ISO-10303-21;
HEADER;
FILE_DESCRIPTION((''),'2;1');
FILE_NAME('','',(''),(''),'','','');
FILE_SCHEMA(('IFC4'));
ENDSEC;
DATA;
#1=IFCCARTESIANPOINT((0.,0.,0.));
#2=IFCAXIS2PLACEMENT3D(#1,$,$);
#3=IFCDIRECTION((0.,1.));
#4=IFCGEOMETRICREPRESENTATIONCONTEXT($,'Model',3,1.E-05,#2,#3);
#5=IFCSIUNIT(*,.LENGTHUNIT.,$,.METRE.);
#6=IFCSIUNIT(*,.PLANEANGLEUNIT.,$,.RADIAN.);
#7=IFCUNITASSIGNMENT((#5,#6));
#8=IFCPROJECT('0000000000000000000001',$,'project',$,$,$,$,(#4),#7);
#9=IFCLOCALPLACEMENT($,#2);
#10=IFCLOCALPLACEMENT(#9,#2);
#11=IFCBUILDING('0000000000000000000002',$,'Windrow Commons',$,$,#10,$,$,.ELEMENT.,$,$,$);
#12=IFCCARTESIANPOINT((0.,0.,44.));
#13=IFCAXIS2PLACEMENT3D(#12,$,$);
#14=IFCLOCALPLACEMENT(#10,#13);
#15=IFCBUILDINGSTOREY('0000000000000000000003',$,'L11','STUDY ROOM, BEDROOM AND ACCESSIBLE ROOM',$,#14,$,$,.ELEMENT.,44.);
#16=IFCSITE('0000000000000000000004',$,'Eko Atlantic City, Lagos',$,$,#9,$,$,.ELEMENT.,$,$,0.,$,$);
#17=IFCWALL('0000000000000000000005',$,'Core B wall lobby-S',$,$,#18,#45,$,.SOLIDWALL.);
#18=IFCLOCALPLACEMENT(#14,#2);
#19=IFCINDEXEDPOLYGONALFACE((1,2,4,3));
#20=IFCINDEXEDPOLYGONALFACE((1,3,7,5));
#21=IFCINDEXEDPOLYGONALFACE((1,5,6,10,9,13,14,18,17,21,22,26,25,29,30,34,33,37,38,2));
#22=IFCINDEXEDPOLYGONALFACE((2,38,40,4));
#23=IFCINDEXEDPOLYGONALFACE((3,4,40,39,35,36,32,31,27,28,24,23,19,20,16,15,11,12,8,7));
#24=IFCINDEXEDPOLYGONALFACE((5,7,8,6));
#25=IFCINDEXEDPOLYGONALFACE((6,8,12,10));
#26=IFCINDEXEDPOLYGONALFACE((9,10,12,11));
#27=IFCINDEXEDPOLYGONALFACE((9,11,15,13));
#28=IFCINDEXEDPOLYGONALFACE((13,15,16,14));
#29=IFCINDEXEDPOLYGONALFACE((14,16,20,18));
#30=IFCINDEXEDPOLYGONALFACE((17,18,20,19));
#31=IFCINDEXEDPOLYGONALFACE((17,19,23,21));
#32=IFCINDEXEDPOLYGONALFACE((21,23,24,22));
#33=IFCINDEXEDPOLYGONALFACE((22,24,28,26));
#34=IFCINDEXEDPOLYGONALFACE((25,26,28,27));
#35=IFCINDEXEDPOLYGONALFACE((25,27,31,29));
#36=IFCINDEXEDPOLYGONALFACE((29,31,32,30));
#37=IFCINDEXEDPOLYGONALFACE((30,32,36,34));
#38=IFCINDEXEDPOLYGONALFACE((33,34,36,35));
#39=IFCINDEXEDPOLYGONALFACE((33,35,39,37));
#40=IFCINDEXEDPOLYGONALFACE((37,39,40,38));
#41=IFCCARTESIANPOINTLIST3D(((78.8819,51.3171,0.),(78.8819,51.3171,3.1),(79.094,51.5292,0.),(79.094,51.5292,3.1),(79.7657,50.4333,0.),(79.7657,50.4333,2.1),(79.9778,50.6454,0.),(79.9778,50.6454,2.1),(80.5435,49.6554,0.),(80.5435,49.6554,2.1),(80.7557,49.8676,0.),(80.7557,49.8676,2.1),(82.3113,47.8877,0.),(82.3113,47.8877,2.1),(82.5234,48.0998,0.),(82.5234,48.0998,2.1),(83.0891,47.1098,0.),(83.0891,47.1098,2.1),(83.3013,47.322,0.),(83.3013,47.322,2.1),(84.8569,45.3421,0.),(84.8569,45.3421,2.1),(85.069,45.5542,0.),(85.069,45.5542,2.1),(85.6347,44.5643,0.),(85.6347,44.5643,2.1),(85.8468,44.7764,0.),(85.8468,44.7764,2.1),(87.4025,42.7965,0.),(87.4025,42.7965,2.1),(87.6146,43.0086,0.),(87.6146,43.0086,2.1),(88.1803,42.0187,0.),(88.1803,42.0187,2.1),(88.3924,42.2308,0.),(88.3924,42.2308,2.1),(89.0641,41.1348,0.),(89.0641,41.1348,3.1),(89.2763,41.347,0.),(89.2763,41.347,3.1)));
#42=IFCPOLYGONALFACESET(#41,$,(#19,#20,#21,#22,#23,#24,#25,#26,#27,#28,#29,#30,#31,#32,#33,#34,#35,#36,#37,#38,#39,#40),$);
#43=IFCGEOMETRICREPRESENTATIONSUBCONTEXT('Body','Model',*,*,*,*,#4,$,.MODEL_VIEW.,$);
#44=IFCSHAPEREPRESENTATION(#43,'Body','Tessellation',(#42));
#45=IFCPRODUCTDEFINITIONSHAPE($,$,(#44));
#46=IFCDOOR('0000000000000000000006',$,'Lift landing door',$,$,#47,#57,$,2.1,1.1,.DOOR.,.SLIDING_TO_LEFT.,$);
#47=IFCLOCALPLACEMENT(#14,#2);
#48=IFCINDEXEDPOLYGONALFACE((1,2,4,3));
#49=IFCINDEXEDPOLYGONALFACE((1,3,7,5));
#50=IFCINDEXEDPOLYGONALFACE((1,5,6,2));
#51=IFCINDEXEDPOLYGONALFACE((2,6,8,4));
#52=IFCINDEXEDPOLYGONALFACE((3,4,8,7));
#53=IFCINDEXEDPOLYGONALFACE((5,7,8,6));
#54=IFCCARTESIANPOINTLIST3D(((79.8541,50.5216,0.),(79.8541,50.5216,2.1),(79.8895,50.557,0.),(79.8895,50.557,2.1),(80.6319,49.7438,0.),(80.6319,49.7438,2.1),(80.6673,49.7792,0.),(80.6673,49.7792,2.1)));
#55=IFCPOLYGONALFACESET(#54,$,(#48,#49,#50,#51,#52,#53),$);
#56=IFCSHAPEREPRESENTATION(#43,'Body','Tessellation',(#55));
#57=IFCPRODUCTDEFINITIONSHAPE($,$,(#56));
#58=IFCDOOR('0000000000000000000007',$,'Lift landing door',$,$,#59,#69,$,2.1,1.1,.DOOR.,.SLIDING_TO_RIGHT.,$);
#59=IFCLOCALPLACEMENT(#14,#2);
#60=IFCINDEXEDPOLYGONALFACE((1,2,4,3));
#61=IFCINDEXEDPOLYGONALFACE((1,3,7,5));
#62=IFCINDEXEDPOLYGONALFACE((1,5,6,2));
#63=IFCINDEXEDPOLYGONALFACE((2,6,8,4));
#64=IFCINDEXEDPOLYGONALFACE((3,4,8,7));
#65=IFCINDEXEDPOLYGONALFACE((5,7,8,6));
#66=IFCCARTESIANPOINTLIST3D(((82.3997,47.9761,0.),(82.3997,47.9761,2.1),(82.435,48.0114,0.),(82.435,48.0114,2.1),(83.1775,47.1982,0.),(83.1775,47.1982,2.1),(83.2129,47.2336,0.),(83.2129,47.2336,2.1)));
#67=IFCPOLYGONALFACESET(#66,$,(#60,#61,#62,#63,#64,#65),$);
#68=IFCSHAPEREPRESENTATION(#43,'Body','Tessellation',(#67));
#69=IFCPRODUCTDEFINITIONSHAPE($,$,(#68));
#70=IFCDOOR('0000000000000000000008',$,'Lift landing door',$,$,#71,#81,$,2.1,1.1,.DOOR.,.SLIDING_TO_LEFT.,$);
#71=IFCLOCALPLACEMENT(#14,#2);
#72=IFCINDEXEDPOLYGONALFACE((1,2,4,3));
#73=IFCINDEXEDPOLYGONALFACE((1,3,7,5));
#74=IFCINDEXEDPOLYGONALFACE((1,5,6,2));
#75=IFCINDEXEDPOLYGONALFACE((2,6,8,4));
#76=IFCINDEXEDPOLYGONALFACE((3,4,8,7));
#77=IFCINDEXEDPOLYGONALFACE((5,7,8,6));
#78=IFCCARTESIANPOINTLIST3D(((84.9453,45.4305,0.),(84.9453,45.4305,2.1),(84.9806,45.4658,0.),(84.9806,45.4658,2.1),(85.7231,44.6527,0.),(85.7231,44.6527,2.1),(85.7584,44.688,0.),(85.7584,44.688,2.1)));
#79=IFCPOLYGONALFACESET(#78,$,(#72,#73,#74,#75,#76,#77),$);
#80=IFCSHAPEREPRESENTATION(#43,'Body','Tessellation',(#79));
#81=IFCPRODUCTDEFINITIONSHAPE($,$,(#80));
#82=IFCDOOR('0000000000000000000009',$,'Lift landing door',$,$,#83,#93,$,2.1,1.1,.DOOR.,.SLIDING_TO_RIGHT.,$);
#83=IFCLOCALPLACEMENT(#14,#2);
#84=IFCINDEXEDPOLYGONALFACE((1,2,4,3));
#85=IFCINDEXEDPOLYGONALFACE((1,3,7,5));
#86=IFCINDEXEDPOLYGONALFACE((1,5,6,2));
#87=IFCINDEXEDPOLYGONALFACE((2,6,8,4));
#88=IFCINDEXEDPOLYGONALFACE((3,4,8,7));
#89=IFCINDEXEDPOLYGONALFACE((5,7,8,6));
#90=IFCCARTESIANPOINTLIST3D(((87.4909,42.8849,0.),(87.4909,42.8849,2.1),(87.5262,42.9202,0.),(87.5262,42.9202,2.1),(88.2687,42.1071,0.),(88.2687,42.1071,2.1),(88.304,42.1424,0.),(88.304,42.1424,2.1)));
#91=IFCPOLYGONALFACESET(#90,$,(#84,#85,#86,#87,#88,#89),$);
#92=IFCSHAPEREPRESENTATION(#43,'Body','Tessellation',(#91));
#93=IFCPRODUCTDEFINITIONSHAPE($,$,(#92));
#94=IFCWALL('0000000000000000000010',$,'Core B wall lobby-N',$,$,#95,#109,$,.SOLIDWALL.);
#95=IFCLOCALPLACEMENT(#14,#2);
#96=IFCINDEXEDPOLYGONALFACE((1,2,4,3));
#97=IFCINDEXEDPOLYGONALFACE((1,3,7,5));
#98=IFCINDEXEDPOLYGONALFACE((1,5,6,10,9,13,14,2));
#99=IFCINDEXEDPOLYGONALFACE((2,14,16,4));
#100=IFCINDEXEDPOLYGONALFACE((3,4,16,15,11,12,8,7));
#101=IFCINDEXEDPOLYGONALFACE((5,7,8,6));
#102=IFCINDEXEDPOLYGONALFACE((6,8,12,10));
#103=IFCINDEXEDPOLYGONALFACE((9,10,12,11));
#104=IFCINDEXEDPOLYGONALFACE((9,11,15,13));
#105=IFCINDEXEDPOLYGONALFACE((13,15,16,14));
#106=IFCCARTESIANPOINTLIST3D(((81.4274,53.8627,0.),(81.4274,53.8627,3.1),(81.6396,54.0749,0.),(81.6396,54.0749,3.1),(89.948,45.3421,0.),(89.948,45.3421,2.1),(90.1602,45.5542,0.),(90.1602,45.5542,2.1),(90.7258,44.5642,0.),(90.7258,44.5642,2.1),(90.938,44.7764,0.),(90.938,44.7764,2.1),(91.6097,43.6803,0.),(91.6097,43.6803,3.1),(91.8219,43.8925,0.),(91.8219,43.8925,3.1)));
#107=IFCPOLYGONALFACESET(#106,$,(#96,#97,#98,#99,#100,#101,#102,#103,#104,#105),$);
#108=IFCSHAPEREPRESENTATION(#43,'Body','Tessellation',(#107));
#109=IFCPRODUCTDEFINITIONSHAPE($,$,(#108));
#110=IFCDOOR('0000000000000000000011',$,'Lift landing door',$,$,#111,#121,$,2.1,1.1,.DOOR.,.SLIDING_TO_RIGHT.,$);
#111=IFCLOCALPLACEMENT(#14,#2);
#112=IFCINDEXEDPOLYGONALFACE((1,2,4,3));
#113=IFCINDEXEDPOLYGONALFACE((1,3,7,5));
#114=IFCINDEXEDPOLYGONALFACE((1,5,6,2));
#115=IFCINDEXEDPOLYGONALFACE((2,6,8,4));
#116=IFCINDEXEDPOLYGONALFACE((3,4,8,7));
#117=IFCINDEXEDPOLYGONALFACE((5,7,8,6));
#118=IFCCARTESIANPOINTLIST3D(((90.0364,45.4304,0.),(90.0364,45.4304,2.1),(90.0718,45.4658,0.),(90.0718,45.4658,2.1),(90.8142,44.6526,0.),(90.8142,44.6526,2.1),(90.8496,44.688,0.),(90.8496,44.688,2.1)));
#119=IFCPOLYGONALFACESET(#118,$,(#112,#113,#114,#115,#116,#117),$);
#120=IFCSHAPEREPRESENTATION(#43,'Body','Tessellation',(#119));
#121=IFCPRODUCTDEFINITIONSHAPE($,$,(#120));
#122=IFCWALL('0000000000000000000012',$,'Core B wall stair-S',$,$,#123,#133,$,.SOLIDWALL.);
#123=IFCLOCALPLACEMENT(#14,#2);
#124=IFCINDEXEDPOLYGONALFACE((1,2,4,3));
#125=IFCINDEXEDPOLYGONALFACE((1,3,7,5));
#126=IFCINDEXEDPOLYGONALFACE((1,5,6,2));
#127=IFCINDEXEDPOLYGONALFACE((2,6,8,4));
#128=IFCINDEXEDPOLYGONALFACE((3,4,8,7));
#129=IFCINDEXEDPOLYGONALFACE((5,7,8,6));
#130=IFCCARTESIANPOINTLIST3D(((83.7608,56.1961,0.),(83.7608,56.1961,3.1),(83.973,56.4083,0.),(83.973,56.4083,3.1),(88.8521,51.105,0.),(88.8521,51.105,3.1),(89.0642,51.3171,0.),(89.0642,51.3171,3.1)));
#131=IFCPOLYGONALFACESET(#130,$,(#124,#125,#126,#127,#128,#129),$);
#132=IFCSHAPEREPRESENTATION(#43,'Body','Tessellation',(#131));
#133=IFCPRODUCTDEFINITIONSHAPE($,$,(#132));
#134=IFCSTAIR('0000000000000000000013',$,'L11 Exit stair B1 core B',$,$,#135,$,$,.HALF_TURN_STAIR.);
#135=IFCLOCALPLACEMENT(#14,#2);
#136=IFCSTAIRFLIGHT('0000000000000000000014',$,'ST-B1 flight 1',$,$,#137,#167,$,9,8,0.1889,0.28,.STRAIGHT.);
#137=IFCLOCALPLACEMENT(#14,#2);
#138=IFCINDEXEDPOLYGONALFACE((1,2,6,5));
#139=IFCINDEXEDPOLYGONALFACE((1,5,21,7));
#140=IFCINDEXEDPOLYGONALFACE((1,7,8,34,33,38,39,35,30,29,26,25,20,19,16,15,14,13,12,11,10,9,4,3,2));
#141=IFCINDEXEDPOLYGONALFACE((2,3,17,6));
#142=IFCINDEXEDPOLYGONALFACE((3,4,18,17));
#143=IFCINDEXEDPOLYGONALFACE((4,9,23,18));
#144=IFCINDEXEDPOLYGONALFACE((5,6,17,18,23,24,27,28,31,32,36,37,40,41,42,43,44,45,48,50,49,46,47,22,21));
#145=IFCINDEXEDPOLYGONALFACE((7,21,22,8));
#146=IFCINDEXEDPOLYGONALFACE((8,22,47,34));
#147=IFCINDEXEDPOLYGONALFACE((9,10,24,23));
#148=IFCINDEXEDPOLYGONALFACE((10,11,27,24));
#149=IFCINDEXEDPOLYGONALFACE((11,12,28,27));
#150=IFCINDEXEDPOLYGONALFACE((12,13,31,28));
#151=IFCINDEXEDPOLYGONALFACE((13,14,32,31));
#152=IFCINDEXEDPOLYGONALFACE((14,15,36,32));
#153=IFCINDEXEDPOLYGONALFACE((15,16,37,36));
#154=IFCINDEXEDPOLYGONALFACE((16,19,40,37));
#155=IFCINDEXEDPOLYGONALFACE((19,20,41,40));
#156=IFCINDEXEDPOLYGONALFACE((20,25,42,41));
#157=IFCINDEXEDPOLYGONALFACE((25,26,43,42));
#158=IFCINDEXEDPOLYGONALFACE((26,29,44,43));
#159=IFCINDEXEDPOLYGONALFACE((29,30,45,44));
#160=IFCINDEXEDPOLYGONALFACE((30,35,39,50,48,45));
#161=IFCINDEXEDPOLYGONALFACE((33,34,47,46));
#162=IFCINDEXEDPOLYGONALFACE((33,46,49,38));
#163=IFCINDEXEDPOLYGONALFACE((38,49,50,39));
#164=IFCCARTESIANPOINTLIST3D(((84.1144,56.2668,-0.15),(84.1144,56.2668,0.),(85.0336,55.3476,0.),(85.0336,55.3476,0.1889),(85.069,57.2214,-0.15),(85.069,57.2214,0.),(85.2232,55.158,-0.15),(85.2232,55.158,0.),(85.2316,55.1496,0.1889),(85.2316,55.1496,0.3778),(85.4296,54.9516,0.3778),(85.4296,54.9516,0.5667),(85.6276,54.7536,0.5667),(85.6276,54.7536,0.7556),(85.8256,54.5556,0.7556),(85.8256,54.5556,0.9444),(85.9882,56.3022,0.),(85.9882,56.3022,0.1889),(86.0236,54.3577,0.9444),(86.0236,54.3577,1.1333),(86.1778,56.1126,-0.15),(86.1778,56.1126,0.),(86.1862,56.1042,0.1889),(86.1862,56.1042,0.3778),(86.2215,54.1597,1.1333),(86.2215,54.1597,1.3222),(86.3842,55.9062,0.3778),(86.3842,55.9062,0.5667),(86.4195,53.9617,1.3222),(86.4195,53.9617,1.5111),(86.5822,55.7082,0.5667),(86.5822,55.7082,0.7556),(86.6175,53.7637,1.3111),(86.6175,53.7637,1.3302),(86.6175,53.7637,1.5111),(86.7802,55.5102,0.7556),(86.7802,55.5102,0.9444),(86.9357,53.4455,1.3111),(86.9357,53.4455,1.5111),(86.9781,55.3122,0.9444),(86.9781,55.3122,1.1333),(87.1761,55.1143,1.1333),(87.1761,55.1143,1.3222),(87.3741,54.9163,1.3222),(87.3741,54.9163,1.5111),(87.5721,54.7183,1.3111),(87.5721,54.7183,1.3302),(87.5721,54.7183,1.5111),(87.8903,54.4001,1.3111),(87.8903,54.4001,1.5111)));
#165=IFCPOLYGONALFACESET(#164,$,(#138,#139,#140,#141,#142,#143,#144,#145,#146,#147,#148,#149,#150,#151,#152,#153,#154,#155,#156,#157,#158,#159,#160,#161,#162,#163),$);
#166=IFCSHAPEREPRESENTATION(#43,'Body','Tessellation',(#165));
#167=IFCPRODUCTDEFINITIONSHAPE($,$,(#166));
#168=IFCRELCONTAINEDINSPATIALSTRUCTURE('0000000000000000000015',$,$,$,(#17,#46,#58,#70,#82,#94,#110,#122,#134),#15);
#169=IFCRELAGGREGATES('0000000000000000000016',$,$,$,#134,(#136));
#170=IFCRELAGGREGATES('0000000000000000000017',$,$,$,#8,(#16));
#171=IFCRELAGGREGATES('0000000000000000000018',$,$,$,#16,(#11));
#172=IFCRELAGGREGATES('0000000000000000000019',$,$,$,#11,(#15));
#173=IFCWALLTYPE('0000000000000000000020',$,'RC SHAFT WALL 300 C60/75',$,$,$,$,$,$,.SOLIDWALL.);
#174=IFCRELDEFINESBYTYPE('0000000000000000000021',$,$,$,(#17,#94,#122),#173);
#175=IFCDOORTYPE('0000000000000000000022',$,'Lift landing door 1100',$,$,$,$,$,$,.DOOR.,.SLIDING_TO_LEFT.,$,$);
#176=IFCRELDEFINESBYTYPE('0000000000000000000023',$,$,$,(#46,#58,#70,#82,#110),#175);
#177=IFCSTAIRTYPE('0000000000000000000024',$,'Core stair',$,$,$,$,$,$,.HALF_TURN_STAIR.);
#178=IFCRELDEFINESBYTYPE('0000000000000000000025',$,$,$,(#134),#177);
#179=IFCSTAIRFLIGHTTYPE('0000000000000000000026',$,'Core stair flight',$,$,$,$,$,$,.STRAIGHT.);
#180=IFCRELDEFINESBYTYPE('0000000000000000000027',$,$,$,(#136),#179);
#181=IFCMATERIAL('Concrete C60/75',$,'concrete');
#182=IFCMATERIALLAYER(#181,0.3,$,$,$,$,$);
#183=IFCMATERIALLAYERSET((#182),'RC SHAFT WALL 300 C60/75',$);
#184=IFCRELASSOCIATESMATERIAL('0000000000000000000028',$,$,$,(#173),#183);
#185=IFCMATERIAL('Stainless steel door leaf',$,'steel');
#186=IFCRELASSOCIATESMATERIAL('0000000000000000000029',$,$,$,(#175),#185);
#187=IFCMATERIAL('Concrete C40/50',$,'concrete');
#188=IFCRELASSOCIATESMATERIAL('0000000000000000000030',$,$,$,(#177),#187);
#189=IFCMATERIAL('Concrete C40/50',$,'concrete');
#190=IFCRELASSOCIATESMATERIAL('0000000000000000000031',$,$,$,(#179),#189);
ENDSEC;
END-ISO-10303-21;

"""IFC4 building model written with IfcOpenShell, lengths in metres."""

from ifc_helpers import new_model, si_unit, direction, frame, frame_2d, origin, place, context, subcontext, project, spatial, polyline, rectangle, outline, extrude, material, layer, layer_set, type_object, element, fill, aggregate, save


model = new_model("IFC4")

# Units and contexts
model_context = context("Model", 3, precision=1e-05, world=origin(), true_north=direction((0.0, 1.0)))
body_context = subcontext(model_context, "Body", "Model", "MODEL_VIEW")
ifc_project = project(units=[si_unit("LENGTHUNIT", "METRE"), si_unit("PLANEANGLEUNIT", "RADIAN")], contexts=[model_context])

# Site, building, storey
site_placement = place(None, origin())
site = spatial("IfcSite", under=ifc_project, at=site_placement, Name="Eko Atlantic City, Lagos", CompositionType="ELEMENT", RefElevation=0.0)
building_placement = place(site_placement, origin())
building = spatial("IfcBuilding", under=site, at=building_placement, Name="Windrow Commons", CompositionType="ELEMENT")
storey_placement = place(building_placement, frame((0.0, 0.0, 44.0)))
storey = spatial("IfcBuildingStorey", under=building, at=storey_placement, Name="L11", Description="STUDY ROOM, BEDROOM AND ACCESSIBLE ROOM", CompositionType="ELEMENT", Elevation=44.0)

# Shared definitions
ifc_material_1 = material(Name="Concrete C60/75", Category="concrete")
ifc_layer_1 = layer(ifc_material_1, 0.3)
ifc_layer_set_1 = layer_set([ifc_layer_1], Name="RC SHAFT WALL 300 C60/75")
wall_type_1 = type_object("IfcWallType", Name="RC SHAFT WALL 300 C60/75", PredefinedType="SOLIDWALL", material=ifc_layer_set_1)

# Wall, openings, doors
wall_1_placement = place(storey_placement, frame((78.9879, 51.4232, 0.0), z_axis=(0.0, 0.0, 1.0), x_axis=(0.707107, -0.707107, 0.0)))
wall_1 = element("IfcWall", 1, at=wall_1_placement, inside=storey, type_object=wall_type_1, Name="Core B wall lobby-S", PredefinedType="SOLIDWALL", context=body_context, shape_type="SweptSolid", body=[
    extrude(rectangle(XDim=14.3999, YDim=0.3, at=frame_2d((7.2, 0.0))), origin(), (0.0, 0.0, 1.0), 3.1),
])
opening_1_placement = place(wall_1_placement, frame((1.25, 0.0, 0.0)))
opening_1 = element("IfcOpeningElement", 2, at=opening_1_placement, cuts=wall_1, PredefinedType="OPENING", context=body_context, shape_type="SweptSolid", body=[
    extrude(rectangle(XDim=1.1, YDim=2.1, at=frame_2d((0.55, 1.05))), frame((0.0, 0.16, 0.0), z_axis=(0.0, -1.0, 0.0), x_axis=(1.0, 0.0, 0.0)), (0.0, 0.0, 1.0), 0.32),
])
opening_2_placement = place(wall_1_placement, frame((4.85, 0.0, 0.0)))
opening_2 = element("IfcOpeningElement", 3, at=opening_2_placement, cuts=wall_1, PredefinedType="OPENING", context=body_context, shape_type="SweptSolid", body=[
    extrude(rectangle(XDim=1.1, YDim=2.1, at=frame_2d((0.55, 1.05))), frame((0.0, 0.16, 0.0), z_axis=(0.0, -1.0, 0.0), x_axis=(1.0, 0.0, 0.0)), (0.0, 0.0, 1.0), 0.32),
])
opening_3_placement = place(wall_1_placement, frame((8.45, 0.0, 0.0)))
opening_3 = element("IfcOpeningElement", 4, at=opening_3_placement, cuts=wall_1, PredefinedType="OPENING", context=body_context, shape_type="SweptSolid", body=[
    extrude(rectangle(XDim=1.1, YDim=2.1, at=frame_2d((0.55, 1.05))), frame((0.0, 0.16, 0.0), z_axis=(0.0, -1.0, 0.0), x_axis=(1.0, 0.0, 0.0)), (0.0, 0.0, 1.0), 0.32),
])
opening_4_placement = place(wall_1_placement, frame((12.05, 0.0, 0.0)))
opening_4 = element("IfcOpeningElement", 5, at=opening_4_placement, cuts=wall_1, PredefinedType="OPENING", context=body_context, shape_type="SweptSolid", body=[
    extrude(rectangle(XDim=1.1, YDim=2.1, at=frame_2d((0.55, 1.05))), frame((0.0, 0.16, 0.0), z_axis=(0.0, -1.0, 0.0), x_axis=(1.0, 0.0, 0.0)), (0.0, 0.0, 1.0), 0.32),
])
ifc_material_2 = material(Name="Stainless steel door leaf", Category="steel")
door_type_1 = type_object("IfcDoorType", Name="Lift landing door 1100", OperationType="SLIDING_TO_LEFT", PredefinedType="DOOR", material=ifc_material_2)
door_1_placement = place(opening_1_placement, origin())
door_1 = element("IfcDoor", 6, at=door_1_placement, inside=storey, type_object=door_type_1, Name="Lift landing door", OperationType="SLIDING_TO_LEFT", OverallHeight=2.1, OverallWidth=1.1, PredefinedType="DOOR", context=body_context, shape_type="SweptSolid", body=[
    extrude(rectangle(XDim=1.1, YDim=2.1, at=frame_2d((0.55, 1.05))), frame((0.0, 0.025, 0.0), z_axis=(0.0, -1.0, 0.0), x_axis=(1.0, 0.0, 0.0)), (0.0, 0.0, 1.0), 0.05),
])
fill(opening_1, door_1)
door_2_placement = place(opening_2_placement, origin())
door_2 = element("IfcDoor", 7, at=door_2_placement, inside=storey, type_object=door_type_1, Name="Lift landing door", OperationType="SLIDING_TO_RIGHT", OverallHeight=2.1, OverallWidth=1.1, PredefinedType="DOOR", context=body_context, shape_type="SweptSolid", body=[
    extrude(rectangle(XDim=1.1, YDim=2.1, at=frame_2d((0.55, 1.05))), frame((0.0, 0.025, 0.0), z_axis=(0.0, -1.0, 0.0), x_axis=(1.0, 0.0, 0.0)), (0.0, 0.0, 1.0), 0.05),
])
fill(opening_2, door_2)
door_3_placement = place(opening_3_placement, origin())
door_3 = element("IfcDoor", 8, at=door_3_placement, inside=storey, type_object=door_type_1, Name="Lift landing door", OperationType="SLIDING_TO_LEFT", OverallHeight=2.1, OverallWidth=1.1, PredefinedType="DOOR", context=body_context, shape_type="SweptSolid", body=[
    extrude(rectangle(XDim=1.1, YDim=2.1, at=frame_2d((0.55, 1.05))), frame((0.0, 0.025, 0.0), z_axis=(0.0, -1.0, 0.0), x_axis=(1.0, 0.0, 0.0)), (0.0, 0.0, 1.0), 0.05),
])
fill(opening_3, door_3)
door_4_placement = place(opening_4_placement, origin())
door_4 = element("IfcDoor", 9, at=door_4_placement, inside=storey, type_object=door_type_1, Name="Lift landing door", OperationType="SLIDING_TO_RIGHT", OverallHeight=2.1, OverallWidth=1.1, PredefinedType="DOOR", context=body_context, shape_type="SweptSolid", body=[
    extrude(rectangle(XDim=1.1, YDim=2.1, at=frame_2d((0.55, 1.05))), frame((0.0, 0.025, 0.0), z_axis=(0.0, -1.0, 0.0), x_axis=(1.0, 0.0, 0.0)), (0.0, 0.0, 1.0), 0.05),
])
fill(opening_4, door_4)

# Wall, opening, door
wall_2_placement = place(storey_placement, frame((81.5335, 53.9688, 0.0), z_axis=(0.0, 0.0, 1.0), x_axis=(0.707103, -0.70711, 0.0)))
wall_2 = element("IfcWall", 10, at=wall_2_placement, inside=storey, type_object=wall_type_1, Name="Core B wall lobby-N", PredefinedType="SOLIDWALL", context=body_context, shape_type="SweptSolid", body=[
    extrude(rectangle(XDim=14.4, YDim=0.3, at=frame_2d((7.2, 0.0))), origin(), (0.0, 0.0, 1.0), 3.1),
])
opening_5_placement = place(wall_2_placement, frame((12.05, 0.0, 0.0)))
opening_5 = element("IfcOpeningElement", 11, at=opening_5_placement, cuts=wall_2, PredefinedType="OPENING", context=body_context, shape_type="SweptSolid", body=[
    extrude(rectangle(XDim=1.1, YDim=2.1, at=frame_2d((0.55, 1.05))), frame((0.0, 0.16, 0.0), z_axis=(0.0, -1.0, 0.0), x_axis=(1.0, 0.0, 0.0)), (0.0, 0.0, 1.0), 0.32),
])
door_5_placement = place(opening_5_placement, origin())
door_5 = element("IfcDoor", 12, at=door_5_placement, inside=storey, type_object=door_type_1, Name="Lift landing door", OperationType="SLIDING_TO_RIGHT", OverallHeight=2.1, OverallWidth=1.1, PredefinedType="DOOR", context=body_context, shape_type="SweptSolid", body=[
    extrude(rectangle(XDim=1.1, YDim=2.1, at=frame_2d((0.55, 1.05))), frame((0.0, 0.025, 0.0), z_axis=(0.0, -1.0, 0.0), x_axis=(1.0, 0.0, 0.0)), (0.0, 0.0, 1.0), 0.05),
])
fill(opening_5, door_5)

# Wall
wall_3_placement = place(storey_placement, frame((83.8669, 56.3022, 0.0), z_axis=(0.0, 0.0, 1.0), x_axis=(0.707114, -0.7071, 0.0)))
element("IfcWall", 13, at=wall_3_placement, inside=storey, type_object=wall_type_1, Name="Core B wall stair-S", PredefinedType="SOLIDWALL", context=body_context, shape_type="SweptSolid", body=[
    extrude(rectangle(XDim=7.2, YDim=0.3, at=frame_2d((3.6, 0.0))), origin(), (0.0, 0.0, 1.0), 3.1),
])

# Stair, stair flight
ifc_material_3 = material(Name="Concrete C40/50", Category="concrete")
stair_type = type_object("IfcStairType", Name="Core stair", PredefinedType="HALF_TURN_STAIR", material=ifc_material_3)
stair_placement = place(storey_placement, origin())
stair = element("IfcStair", 14, at=stair_placement, inside=storey, type_object=stair_type, Name="L11 Exit stair B1 core B", PredefinedType="HALF_TURN_STAIR")
ifc_material_4 = material(Name="Concrete C40/50", Category="concrete")
stair_flight_type = type_object("IfcStairFlightType", Name="Core stair flight", PredefinedType="STRAIGHT", material=ifc_material_4)
stair_flight_placement = place(storey_placement, frame((85.5109, 55.8249, 0.0), z_axis=(0.0, 0.0, 1.0), x_axis=(0.707107, -0.707107, 0.0)))
stair_flight = element("IfcStairFlight", 15, at=stair_flight_placement, type_object=stair_flight_type, Name="ST-B1 flight 1", NumberOfRisers=9, NumberOfTreads=8, PredefinedType="STRAIGHT", RiserHeight=0.1889, TreadLength=0.28, context=body_context, shape_type="SweptSolid", body=[
    extrude(outline(polyline([(-1.3, -0.15), (-1.3, 0.0), (0.0, 0.0), (0.0, 0.1889), (0.28, 0.1889), (0.28, 0.3778), (0.56, 0.3778), (0.56, 0.5667), (0.84, 0.5667), (0.84, 0.7556), (1.12, 0.7556), (1.12, 0.9444), (1.4, 0.9444), (1.4, 1.1333), (1.68, 1.1333), (1.68, 1.3222), (1.96, 1.3222), (1.96, 1.5111), (2.24, 1.5111), (2.69, 1.5111), (2.69, 1.3111), (2.24, 1.3111), (2.24, 1.3302), (0.2682, 0.0), (0.2682, -0.15), (-1.3, -0.15)])), frame((0.0, 0.675, 0.0), z_axis=(0.0, -1.0, 0.0), x_axis=(1.0, 0.0, 0.0)), (0.0, 0.0, 1.0), 1.35),
])
aggregate(stair, [stair_flight])

save(model, "model.ifc")
